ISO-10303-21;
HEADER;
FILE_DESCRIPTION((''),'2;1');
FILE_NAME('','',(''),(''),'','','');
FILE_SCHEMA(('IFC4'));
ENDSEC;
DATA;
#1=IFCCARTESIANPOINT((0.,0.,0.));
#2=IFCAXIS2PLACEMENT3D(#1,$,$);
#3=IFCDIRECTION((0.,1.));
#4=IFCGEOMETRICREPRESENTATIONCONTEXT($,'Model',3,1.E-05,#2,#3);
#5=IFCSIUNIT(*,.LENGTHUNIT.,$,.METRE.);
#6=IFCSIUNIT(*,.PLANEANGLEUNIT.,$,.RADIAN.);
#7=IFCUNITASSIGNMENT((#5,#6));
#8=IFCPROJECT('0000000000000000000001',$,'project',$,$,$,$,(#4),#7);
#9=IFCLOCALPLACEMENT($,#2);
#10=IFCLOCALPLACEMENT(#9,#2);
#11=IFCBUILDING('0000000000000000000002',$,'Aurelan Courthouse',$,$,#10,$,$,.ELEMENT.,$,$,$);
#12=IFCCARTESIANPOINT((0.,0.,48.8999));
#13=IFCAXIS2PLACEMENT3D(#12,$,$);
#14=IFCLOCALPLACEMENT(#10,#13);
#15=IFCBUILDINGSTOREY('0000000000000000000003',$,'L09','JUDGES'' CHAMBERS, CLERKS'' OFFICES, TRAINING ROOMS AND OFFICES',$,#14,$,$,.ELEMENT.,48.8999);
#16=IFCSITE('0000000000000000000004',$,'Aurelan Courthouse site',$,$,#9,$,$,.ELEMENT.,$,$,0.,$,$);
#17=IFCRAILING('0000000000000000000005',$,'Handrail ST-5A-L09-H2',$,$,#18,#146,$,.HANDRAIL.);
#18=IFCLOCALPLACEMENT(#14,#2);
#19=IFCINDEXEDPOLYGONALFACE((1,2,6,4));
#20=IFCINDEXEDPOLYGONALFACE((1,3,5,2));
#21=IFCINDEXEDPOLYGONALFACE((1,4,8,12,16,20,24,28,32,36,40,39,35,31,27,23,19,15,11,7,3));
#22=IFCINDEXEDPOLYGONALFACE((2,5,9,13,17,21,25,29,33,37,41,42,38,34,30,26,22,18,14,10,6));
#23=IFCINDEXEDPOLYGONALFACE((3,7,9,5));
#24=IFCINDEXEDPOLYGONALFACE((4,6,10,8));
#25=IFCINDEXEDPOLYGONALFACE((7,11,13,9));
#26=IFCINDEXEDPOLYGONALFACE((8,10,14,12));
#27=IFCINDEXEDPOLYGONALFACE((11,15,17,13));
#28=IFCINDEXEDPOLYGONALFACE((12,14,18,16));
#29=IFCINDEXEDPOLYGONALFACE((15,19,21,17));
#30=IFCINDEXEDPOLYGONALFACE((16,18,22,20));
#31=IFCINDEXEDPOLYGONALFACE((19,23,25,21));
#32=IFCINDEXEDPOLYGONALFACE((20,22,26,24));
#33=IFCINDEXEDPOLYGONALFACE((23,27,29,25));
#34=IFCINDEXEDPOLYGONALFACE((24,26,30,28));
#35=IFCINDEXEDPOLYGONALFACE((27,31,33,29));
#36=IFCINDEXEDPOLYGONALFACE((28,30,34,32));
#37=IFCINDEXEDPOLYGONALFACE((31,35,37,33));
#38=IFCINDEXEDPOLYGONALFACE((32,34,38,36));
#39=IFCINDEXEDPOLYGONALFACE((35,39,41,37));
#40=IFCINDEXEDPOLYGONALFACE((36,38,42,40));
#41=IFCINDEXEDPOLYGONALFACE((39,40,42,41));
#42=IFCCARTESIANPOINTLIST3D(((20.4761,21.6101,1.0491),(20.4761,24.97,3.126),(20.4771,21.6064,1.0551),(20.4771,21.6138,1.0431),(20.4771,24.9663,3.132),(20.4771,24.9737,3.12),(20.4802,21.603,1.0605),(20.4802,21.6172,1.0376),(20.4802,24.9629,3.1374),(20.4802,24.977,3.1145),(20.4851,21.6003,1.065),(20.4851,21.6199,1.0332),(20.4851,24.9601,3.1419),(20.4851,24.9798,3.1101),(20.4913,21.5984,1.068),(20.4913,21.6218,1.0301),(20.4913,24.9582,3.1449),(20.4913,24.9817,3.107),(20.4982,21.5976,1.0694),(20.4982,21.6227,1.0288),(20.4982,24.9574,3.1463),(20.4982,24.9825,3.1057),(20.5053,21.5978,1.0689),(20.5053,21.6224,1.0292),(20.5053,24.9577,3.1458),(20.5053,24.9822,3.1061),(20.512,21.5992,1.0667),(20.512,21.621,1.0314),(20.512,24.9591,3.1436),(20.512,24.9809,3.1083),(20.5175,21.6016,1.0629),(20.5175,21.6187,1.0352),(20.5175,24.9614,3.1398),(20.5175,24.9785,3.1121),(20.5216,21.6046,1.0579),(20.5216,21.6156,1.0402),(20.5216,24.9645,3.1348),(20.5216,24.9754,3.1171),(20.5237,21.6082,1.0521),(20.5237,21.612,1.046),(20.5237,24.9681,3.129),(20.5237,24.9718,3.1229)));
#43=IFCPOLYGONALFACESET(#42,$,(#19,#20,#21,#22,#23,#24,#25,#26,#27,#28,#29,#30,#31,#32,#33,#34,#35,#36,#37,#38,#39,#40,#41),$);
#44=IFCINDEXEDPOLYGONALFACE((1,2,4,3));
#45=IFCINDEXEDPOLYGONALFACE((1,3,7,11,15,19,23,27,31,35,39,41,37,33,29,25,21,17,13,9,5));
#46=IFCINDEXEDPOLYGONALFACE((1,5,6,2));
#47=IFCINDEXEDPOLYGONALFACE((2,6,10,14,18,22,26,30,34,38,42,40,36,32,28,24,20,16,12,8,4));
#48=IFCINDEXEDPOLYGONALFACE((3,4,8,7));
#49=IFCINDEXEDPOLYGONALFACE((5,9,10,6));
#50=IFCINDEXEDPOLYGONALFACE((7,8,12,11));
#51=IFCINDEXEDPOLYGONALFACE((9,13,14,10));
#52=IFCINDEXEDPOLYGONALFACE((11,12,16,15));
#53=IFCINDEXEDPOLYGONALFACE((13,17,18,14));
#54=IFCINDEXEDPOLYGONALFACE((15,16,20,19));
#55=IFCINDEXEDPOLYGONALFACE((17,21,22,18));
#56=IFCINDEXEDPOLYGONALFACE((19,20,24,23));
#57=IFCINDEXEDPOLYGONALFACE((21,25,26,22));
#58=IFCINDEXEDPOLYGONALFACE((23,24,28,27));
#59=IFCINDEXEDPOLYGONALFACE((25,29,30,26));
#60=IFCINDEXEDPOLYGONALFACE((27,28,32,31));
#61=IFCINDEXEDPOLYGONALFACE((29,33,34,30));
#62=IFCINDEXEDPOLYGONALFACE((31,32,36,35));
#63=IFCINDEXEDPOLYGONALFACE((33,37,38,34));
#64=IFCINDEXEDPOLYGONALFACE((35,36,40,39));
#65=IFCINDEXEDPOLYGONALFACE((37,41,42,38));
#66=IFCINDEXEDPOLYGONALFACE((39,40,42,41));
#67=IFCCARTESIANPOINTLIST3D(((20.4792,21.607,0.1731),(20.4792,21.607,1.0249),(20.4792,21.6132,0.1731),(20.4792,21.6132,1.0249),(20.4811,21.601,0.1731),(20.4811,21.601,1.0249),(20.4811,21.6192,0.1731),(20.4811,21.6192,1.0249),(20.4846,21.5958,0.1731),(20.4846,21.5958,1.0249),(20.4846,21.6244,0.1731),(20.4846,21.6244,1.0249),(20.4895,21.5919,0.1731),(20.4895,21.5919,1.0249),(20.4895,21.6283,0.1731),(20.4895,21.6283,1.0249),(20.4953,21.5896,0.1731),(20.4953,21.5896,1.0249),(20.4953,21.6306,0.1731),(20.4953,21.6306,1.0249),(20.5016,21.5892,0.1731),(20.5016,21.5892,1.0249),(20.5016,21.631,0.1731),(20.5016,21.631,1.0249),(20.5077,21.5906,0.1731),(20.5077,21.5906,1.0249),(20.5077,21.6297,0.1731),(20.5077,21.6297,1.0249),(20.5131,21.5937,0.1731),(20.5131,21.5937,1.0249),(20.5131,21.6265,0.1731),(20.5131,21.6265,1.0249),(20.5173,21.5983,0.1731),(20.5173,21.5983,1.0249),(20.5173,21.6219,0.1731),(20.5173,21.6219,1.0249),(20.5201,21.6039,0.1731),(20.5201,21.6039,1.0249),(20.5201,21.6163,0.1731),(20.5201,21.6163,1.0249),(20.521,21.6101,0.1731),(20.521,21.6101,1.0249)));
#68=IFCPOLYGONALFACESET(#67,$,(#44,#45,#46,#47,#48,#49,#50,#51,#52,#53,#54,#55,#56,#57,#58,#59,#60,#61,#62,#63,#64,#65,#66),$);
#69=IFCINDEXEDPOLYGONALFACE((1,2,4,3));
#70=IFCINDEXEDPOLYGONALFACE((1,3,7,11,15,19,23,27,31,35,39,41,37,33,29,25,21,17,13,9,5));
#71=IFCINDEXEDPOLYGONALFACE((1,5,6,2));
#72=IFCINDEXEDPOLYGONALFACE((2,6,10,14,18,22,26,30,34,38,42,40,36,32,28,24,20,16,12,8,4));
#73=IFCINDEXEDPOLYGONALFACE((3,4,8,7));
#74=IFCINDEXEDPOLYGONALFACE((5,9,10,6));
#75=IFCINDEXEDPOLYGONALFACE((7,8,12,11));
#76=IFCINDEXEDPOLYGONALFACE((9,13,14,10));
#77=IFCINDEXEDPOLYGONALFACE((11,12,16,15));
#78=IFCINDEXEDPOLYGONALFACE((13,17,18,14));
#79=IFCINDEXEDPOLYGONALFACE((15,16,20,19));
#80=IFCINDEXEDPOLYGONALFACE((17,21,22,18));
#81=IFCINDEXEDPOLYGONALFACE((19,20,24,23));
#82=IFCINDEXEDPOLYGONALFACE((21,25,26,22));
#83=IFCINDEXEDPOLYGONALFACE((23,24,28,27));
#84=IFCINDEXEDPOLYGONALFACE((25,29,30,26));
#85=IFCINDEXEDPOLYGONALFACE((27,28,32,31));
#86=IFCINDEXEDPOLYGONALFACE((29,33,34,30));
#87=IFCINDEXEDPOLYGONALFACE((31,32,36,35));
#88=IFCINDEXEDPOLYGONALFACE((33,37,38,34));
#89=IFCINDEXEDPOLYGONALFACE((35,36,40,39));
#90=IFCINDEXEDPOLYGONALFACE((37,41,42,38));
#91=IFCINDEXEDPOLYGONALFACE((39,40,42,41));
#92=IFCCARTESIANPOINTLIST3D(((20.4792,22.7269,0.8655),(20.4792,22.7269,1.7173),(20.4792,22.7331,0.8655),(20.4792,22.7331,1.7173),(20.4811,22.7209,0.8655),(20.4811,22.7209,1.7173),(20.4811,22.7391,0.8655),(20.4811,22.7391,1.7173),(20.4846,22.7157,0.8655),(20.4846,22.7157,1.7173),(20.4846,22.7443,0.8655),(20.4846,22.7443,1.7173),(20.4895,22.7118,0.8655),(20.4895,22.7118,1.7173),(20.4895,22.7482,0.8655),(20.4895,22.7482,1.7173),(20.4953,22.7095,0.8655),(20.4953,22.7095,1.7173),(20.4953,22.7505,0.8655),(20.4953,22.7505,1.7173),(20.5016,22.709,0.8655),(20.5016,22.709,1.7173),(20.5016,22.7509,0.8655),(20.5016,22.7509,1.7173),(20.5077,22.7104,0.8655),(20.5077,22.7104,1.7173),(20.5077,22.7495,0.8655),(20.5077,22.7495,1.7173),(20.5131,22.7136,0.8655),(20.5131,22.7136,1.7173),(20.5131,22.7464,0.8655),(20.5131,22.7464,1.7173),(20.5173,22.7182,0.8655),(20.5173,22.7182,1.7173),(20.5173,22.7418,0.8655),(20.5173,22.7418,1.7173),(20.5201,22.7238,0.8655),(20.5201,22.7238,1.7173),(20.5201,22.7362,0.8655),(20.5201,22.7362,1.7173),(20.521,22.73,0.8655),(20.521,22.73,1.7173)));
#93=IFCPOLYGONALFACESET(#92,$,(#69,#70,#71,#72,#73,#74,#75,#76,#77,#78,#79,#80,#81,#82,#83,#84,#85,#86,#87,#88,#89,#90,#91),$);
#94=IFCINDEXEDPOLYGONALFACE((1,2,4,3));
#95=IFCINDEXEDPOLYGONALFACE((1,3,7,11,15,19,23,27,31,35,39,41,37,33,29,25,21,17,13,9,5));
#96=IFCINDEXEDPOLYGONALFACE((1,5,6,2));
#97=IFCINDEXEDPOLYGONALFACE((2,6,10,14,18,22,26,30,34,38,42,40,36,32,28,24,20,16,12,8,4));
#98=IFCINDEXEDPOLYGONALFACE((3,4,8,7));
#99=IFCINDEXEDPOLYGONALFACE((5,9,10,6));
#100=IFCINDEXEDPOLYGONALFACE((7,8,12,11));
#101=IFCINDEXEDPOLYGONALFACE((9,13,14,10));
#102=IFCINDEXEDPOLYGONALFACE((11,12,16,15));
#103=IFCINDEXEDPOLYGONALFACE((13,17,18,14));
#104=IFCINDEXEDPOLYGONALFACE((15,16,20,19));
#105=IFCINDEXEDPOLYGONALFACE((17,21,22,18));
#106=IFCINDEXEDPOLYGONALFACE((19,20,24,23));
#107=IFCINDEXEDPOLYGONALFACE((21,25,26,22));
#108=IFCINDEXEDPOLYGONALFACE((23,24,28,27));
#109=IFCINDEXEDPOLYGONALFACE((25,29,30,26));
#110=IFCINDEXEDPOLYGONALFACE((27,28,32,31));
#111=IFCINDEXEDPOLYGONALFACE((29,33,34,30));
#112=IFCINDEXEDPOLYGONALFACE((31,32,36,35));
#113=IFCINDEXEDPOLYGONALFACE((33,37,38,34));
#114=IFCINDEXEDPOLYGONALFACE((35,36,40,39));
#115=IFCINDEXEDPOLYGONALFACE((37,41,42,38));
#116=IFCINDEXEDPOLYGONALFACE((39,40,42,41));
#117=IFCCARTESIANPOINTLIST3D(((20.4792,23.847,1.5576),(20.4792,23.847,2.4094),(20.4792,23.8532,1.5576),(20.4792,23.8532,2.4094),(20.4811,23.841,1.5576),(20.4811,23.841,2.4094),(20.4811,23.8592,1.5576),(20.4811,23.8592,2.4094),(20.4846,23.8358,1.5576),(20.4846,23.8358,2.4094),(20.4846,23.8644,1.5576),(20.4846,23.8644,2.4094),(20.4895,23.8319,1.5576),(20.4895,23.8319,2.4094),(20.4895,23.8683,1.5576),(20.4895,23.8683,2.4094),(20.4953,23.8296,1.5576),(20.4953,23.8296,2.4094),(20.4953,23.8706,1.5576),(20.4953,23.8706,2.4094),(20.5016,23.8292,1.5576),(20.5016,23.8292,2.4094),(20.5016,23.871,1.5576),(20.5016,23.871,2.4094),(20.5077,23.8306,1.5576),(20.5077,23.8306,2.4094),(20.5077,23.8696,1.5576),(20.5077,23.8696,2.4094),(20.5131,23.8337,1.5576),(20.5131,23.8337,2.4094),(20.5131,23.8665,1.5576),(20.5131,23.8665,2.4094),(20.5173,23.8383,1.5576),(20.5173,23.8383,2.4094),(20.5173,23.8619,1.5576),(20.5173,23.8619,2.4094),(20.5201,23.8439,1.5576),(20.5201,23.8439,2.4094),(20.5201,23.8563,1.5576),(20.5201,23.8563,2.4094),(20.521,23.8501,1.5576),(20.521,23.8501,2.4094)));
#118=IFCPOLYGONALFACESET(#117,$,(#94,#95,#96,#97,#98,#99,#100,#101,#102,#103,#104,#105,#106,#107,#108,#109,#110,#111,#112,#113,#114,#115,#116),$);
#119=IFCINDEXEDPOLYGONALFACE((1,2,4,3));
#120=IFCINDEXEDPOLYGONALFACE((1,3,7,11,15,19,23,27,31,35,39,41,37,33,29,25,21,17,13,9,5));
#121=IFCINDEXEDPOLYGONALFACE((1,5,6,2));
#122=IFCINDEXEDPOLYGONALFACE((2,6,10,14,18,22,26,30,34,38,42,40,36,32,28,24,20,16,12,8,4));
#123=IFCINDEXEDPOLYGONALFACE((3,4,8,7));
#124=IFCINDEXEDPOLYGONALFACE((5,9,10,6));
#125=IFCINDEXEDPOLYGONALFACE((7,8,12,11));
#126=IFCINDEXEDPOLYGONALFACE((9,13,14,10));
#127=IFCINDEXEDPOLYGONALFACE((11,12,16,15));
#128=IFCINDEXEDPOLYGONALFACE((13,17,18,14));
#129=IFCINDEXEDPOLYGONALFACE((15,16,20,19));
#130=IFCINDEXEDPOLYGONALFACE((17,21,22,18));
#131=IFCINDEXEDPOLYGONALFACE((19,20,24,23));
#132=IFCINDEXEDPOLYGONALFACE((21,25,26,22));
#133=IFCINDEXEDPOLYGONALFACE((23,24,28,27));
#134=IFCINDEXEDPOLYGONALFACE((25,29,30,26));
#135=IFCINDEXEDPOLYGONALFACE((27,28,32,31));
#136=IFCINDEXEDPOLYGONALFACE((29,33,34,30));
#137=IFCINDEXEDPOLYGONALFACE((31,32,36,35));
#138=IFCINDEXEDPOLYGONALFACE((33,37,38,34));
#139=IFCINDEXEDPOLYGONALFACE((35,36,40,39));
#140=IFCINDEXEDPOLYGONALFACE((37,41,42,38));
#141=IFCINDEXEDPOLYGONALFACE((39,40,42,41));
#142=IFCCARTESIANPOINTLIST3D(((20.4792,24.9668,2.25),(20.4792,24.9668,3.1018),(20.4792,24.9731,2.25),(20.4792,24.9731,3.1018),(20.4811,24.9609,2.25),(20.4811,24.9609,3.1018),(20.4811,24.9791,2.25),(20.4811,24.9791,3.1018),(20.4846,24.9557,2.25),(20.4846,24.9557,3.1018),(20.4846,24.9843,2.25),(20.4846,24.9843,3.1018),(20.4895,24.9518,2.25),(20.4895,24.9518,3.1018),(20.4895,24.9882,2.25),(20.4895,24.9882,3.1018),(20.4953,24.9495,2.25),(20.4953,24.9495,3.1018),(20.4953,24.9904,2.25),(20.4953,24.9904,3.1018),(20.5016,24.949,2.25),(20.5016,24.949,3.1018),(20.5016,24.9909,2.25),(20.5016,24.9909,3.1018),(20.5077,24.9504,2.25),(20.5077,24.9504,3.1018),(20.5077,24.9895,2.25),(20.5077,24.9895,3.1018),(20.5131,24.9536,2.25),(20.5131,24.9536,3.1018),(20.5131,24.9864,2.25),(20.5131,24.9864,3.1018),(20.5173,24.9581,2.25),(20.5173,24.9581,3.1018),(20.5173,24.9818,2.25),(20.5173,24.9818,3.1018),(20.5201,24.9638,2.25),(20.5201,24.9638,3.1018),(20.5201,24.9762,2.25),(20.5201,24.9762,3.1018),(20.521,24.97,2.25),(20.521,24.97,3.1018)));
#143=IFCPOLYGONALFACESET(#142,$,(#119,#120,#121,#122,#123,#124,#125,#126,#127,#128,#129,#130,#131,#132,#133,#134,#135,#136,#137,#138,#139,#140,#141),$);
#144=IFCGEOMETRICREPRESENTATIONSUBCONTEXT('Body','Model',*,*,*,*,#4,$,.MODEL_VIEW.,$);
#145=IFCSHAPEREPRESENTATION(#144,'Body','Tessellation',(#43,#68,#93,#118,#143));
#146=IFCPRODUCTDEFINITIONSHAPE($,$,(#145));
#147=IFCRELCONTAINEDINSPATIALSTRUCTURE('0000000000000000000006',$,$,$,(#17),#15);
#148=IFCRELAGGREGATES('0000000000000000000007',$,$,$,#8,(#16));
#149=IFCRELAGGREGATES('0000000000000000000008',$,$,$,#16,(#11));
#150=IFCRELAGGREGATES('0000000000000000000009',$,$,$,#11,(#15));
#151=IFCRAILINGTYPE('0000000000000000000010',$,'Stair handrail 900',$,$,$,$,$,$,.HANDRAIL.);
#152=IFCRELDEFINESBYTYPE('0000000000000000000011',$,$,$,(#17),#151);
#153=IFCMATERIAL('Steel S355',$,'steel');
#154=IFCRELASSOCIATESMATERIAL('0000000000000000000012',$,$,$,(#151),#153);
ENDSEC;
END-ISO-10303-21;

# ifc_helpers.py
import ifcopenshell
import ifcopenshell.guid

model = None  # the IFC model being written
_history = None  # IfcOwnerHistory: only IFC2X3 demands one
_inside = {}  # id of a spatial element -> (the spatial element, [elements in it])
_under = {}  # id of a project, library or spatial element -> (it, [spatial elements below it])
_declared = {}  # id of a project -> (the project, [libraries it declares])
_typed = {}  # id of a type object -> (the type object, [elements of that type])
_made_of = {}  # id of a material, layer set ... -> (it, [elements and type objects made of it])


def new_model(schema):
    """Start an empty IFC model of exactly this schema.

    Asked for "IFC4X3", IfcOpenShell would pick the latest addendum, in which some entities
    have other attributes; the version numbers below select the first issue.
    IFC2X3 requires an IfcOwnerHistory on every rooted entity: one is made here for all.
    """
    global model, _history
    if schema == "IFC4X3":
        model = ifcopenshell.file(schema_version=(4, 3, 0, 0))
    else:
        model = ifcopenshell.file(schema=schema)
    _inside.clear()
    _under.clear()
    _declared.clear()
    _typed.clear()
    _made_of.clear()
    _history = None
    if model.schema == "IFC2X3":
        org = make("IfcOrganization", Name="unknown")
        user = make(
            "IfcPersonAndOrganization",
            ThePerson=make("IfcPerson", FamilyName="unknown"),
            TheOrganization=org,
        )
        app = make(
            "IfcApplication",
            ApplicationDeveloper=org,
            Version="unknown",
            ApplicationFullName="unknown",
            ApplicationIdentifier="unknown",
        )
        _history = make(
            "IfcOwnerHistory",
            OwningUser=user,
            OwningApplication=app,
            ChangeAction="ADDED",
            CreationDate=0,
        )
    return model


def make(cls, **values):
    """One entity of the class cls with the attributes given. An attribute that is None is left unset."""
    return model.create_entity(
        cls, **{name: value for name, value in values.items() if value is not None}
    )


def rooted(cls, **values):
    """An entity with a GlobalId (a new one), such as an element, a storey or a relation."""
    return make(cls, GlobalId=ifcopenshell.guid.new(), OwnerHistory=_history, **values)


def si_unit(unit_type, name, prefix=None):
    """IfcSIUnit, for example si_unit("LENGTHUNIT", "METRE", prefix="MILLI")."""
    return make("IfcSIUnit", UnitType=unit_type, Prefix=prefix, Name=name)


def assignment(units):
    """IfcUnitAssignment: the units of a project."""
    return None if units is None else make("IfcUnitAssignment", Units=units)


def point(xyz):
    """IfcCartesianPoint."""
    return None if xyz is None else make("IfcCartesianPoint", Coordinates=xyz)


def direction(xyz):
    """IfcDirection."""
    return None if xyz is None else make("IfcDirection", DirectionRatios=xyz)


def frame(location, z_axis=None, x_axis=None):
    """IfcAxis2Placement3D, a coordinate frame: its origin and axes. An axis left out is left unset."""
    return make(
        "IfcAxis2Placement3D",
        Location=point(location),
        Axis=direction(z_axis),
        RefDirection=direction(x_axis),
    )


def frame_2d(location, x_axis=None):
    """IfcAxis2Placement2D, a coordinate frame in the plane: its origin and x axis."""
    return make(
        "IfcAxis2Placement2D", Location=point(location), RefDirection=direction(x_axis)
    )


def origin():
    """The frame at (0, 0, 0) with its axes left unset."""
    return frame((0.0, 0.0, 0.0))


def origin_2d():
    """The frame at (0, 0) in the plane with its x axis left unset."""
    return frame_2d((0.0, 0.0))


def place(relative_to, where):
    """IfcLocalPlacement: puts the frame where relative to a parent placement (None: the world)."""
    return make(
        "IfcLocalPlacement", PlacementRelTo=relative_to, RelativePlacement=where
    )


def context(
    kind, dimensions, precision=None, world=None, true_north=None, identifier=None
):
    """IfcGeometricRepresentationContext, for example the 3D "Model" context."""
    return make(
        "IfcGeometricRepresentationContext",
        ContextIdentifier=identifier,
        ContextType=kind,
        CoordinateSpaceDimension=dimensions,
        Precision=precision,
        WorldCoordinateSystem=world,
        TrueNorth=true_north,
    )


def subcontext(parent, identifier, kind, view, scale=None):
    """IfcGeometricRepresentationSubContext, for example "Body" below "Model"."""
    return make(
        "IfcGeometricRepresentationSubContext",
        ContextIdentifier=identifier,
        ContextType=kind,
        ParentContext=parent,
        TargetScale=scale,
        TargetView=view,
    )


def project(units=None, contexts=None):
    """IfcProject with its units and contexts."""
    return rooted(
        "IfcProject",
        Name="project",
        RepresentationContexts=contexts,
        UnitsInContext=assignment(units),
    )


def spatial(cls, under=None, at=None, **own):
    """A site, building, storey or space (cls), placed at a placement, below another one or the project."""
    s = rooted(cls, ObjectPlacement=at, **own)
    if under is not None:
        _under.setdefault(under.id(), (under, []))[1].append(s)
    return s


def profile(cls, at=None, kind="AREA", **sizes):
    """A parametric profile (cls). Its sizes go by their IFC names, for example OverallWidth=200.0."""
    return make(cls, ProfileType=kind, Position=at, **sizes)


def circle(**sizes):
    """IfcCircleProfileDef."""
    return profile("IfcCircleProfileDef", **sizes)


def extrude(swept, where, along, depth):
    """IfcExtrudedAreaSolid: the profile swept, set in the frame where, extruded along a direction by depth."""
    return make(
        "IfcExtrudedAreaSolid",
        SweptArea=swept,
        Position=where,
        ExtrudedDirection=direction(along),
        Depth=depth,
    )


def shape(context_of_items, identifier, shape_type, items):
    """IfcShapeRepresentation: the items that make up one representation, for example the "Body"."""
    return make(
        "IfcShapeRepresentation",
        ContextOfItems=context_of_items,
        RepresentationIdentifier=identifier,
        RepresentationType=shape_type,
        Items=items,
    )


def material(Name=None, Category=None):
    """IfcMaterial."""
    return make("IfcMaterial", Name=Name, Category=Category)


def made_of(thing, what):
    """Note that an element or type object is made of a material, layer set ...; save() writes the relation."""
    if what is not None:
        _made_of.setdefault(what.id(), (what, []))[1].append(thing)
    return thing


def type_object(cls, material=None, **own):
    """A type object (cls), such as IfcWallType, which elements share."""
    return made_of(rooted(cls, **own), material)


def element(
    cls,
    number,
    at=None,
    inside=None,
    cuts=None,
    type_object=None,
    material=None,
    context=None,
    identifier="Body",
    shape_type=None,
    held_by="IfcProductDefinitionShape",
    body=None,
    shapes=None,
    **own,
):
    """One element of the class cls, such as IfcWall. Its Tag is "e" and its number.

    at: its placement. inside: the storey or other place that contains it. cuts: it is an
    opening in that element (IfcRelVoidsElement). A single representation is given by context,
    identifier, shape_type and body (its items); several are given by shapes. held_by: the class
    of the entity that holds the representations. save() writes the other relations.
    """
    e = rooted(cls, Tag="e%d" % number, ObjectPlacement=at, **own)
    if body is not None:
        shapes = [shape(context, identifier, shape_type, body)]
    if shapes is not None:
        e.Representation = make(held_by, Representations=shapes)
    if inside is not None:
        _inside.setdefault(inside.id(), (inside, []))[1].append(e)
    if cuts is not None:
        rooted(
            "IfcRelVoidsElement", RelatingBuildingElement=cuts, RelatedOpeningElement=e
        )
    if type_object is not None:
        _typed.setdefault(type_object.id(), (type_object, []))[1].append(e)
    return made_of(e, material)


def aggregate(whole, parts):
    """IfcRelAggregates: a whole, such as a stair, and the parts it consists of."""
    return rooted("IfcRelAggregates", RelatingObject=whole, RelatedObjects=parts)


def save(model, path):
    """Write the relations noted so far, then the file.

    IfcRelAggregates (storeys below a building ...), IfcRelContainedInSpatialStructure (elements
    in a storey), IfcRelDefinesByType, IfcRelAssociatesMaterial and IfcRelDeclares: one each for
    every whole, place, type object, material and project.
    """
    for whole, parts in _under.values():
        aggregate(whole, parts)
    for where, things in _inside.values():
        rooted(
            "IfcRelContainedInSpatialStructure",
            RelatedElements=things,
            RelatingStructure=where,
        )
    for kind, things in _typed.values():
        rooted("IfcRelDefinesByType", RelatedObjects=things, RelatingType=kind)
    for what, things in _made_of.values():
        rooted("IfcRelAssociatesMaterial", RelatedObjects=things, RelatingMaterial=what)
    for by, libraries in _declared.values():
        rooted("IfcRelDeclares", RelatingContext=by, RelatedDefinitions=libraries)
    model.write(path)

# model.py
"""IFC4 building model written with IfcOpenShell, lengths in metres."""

from ifc_helpers import new_model, si_unit, direction, frame, origin, origin_2d, place, context, subcontext, project, spatial, circle, extrude, material, type_object, element, save


model = new_model("IFC4")

# Units and contexts
model_context = context("Model", 3, precision=1e-05, world=origin(), true_north=direction((0.0, 1.0)))
body_context = subcontext(model_context, "Body", "Model", "MODEL_VIEW")
ifc_project = project(units=[si_unit("LENGTHUNIT", "METRE"), si_unit("PLANEANGLEUNIT", "RADIAN")], contexts=[model_context])

# Site, building, storey
site_placement = place(None, origin())
site = spatial("IfcSite", under=ifc_project, at=site_placement, Name="Aurelan Courthouse site", CompositionType="ELEMENT", RefElevation=0.0)
building_placement = place(site_placement, origin())
building = spatial("IfcBuilding", under=site, at=building_placement, Name="Aurelan Courthouse", CompositionType="ELEMENT")
storey_placement = place(building_placement, frame((0.0, 0.0, 48.8999)))
storey = spatial("IfcBuildingStorey", under=building, at=storey_placement, Name="L09", Description="JUDGES' CHAMBERS, CLERKS' OFFICES, TRAINING ROOMS AND OFFICES", CompositionType="ELEMENT", Elevation=48.8999)

# Railing
ifc_material_1 = material(Name="Steel S355", Category="steel")
railing_type = type_object("IfcRailingType", Name="Stair handrail 900", PredefinedType="HANDRAIL", material=ifc_material_1)
for number, where, name in (
    (1, (20.5, 21.6101, 0.1731), "Handrail ST-5A-L09-H2"),
):
    element("IfcRailing", number, at=place(storey_placement, frame(where)), inside=storey, type_object=railing_type, Name=name, PredefinedType="HANDRAIL", context=body_context, shape_type="SweptSolid", body=[
        extrude(circle(Radius=0.0239, at=origin_2d()), frame((0.0, 0.0, 0.876), z_axis=(0.0, 0.850606, 0.525803), x_axis=(-1.0, 0.0, 0.0)), (0.0, 0.0, 1.0), 3.95),
        extrude(circle(Radius=0.021, at=origin_2d()), origin(), (0.0, 0.0, 1.0), 0.8518),
        extrude(circle(Radius=0.021, at=origin_2d()), frame((0.0, 1.1199, 0.6924)), (0.0, 0.0, 1.0), 0.8518),
        extrude(circle(Radius=0.021, at=origin_2d()), frame((0.0, 2.24, 1.3845)), (0.0, 0.0, 1.0), 0.8518),
        extrude(circle(Radius=0.021, at=origin_2d()), frame((0.0, 3.3599, 2.0769)), (0.0, 0.0, 1.0), 0.8518),
    ])

save(model, "model.ifc")
